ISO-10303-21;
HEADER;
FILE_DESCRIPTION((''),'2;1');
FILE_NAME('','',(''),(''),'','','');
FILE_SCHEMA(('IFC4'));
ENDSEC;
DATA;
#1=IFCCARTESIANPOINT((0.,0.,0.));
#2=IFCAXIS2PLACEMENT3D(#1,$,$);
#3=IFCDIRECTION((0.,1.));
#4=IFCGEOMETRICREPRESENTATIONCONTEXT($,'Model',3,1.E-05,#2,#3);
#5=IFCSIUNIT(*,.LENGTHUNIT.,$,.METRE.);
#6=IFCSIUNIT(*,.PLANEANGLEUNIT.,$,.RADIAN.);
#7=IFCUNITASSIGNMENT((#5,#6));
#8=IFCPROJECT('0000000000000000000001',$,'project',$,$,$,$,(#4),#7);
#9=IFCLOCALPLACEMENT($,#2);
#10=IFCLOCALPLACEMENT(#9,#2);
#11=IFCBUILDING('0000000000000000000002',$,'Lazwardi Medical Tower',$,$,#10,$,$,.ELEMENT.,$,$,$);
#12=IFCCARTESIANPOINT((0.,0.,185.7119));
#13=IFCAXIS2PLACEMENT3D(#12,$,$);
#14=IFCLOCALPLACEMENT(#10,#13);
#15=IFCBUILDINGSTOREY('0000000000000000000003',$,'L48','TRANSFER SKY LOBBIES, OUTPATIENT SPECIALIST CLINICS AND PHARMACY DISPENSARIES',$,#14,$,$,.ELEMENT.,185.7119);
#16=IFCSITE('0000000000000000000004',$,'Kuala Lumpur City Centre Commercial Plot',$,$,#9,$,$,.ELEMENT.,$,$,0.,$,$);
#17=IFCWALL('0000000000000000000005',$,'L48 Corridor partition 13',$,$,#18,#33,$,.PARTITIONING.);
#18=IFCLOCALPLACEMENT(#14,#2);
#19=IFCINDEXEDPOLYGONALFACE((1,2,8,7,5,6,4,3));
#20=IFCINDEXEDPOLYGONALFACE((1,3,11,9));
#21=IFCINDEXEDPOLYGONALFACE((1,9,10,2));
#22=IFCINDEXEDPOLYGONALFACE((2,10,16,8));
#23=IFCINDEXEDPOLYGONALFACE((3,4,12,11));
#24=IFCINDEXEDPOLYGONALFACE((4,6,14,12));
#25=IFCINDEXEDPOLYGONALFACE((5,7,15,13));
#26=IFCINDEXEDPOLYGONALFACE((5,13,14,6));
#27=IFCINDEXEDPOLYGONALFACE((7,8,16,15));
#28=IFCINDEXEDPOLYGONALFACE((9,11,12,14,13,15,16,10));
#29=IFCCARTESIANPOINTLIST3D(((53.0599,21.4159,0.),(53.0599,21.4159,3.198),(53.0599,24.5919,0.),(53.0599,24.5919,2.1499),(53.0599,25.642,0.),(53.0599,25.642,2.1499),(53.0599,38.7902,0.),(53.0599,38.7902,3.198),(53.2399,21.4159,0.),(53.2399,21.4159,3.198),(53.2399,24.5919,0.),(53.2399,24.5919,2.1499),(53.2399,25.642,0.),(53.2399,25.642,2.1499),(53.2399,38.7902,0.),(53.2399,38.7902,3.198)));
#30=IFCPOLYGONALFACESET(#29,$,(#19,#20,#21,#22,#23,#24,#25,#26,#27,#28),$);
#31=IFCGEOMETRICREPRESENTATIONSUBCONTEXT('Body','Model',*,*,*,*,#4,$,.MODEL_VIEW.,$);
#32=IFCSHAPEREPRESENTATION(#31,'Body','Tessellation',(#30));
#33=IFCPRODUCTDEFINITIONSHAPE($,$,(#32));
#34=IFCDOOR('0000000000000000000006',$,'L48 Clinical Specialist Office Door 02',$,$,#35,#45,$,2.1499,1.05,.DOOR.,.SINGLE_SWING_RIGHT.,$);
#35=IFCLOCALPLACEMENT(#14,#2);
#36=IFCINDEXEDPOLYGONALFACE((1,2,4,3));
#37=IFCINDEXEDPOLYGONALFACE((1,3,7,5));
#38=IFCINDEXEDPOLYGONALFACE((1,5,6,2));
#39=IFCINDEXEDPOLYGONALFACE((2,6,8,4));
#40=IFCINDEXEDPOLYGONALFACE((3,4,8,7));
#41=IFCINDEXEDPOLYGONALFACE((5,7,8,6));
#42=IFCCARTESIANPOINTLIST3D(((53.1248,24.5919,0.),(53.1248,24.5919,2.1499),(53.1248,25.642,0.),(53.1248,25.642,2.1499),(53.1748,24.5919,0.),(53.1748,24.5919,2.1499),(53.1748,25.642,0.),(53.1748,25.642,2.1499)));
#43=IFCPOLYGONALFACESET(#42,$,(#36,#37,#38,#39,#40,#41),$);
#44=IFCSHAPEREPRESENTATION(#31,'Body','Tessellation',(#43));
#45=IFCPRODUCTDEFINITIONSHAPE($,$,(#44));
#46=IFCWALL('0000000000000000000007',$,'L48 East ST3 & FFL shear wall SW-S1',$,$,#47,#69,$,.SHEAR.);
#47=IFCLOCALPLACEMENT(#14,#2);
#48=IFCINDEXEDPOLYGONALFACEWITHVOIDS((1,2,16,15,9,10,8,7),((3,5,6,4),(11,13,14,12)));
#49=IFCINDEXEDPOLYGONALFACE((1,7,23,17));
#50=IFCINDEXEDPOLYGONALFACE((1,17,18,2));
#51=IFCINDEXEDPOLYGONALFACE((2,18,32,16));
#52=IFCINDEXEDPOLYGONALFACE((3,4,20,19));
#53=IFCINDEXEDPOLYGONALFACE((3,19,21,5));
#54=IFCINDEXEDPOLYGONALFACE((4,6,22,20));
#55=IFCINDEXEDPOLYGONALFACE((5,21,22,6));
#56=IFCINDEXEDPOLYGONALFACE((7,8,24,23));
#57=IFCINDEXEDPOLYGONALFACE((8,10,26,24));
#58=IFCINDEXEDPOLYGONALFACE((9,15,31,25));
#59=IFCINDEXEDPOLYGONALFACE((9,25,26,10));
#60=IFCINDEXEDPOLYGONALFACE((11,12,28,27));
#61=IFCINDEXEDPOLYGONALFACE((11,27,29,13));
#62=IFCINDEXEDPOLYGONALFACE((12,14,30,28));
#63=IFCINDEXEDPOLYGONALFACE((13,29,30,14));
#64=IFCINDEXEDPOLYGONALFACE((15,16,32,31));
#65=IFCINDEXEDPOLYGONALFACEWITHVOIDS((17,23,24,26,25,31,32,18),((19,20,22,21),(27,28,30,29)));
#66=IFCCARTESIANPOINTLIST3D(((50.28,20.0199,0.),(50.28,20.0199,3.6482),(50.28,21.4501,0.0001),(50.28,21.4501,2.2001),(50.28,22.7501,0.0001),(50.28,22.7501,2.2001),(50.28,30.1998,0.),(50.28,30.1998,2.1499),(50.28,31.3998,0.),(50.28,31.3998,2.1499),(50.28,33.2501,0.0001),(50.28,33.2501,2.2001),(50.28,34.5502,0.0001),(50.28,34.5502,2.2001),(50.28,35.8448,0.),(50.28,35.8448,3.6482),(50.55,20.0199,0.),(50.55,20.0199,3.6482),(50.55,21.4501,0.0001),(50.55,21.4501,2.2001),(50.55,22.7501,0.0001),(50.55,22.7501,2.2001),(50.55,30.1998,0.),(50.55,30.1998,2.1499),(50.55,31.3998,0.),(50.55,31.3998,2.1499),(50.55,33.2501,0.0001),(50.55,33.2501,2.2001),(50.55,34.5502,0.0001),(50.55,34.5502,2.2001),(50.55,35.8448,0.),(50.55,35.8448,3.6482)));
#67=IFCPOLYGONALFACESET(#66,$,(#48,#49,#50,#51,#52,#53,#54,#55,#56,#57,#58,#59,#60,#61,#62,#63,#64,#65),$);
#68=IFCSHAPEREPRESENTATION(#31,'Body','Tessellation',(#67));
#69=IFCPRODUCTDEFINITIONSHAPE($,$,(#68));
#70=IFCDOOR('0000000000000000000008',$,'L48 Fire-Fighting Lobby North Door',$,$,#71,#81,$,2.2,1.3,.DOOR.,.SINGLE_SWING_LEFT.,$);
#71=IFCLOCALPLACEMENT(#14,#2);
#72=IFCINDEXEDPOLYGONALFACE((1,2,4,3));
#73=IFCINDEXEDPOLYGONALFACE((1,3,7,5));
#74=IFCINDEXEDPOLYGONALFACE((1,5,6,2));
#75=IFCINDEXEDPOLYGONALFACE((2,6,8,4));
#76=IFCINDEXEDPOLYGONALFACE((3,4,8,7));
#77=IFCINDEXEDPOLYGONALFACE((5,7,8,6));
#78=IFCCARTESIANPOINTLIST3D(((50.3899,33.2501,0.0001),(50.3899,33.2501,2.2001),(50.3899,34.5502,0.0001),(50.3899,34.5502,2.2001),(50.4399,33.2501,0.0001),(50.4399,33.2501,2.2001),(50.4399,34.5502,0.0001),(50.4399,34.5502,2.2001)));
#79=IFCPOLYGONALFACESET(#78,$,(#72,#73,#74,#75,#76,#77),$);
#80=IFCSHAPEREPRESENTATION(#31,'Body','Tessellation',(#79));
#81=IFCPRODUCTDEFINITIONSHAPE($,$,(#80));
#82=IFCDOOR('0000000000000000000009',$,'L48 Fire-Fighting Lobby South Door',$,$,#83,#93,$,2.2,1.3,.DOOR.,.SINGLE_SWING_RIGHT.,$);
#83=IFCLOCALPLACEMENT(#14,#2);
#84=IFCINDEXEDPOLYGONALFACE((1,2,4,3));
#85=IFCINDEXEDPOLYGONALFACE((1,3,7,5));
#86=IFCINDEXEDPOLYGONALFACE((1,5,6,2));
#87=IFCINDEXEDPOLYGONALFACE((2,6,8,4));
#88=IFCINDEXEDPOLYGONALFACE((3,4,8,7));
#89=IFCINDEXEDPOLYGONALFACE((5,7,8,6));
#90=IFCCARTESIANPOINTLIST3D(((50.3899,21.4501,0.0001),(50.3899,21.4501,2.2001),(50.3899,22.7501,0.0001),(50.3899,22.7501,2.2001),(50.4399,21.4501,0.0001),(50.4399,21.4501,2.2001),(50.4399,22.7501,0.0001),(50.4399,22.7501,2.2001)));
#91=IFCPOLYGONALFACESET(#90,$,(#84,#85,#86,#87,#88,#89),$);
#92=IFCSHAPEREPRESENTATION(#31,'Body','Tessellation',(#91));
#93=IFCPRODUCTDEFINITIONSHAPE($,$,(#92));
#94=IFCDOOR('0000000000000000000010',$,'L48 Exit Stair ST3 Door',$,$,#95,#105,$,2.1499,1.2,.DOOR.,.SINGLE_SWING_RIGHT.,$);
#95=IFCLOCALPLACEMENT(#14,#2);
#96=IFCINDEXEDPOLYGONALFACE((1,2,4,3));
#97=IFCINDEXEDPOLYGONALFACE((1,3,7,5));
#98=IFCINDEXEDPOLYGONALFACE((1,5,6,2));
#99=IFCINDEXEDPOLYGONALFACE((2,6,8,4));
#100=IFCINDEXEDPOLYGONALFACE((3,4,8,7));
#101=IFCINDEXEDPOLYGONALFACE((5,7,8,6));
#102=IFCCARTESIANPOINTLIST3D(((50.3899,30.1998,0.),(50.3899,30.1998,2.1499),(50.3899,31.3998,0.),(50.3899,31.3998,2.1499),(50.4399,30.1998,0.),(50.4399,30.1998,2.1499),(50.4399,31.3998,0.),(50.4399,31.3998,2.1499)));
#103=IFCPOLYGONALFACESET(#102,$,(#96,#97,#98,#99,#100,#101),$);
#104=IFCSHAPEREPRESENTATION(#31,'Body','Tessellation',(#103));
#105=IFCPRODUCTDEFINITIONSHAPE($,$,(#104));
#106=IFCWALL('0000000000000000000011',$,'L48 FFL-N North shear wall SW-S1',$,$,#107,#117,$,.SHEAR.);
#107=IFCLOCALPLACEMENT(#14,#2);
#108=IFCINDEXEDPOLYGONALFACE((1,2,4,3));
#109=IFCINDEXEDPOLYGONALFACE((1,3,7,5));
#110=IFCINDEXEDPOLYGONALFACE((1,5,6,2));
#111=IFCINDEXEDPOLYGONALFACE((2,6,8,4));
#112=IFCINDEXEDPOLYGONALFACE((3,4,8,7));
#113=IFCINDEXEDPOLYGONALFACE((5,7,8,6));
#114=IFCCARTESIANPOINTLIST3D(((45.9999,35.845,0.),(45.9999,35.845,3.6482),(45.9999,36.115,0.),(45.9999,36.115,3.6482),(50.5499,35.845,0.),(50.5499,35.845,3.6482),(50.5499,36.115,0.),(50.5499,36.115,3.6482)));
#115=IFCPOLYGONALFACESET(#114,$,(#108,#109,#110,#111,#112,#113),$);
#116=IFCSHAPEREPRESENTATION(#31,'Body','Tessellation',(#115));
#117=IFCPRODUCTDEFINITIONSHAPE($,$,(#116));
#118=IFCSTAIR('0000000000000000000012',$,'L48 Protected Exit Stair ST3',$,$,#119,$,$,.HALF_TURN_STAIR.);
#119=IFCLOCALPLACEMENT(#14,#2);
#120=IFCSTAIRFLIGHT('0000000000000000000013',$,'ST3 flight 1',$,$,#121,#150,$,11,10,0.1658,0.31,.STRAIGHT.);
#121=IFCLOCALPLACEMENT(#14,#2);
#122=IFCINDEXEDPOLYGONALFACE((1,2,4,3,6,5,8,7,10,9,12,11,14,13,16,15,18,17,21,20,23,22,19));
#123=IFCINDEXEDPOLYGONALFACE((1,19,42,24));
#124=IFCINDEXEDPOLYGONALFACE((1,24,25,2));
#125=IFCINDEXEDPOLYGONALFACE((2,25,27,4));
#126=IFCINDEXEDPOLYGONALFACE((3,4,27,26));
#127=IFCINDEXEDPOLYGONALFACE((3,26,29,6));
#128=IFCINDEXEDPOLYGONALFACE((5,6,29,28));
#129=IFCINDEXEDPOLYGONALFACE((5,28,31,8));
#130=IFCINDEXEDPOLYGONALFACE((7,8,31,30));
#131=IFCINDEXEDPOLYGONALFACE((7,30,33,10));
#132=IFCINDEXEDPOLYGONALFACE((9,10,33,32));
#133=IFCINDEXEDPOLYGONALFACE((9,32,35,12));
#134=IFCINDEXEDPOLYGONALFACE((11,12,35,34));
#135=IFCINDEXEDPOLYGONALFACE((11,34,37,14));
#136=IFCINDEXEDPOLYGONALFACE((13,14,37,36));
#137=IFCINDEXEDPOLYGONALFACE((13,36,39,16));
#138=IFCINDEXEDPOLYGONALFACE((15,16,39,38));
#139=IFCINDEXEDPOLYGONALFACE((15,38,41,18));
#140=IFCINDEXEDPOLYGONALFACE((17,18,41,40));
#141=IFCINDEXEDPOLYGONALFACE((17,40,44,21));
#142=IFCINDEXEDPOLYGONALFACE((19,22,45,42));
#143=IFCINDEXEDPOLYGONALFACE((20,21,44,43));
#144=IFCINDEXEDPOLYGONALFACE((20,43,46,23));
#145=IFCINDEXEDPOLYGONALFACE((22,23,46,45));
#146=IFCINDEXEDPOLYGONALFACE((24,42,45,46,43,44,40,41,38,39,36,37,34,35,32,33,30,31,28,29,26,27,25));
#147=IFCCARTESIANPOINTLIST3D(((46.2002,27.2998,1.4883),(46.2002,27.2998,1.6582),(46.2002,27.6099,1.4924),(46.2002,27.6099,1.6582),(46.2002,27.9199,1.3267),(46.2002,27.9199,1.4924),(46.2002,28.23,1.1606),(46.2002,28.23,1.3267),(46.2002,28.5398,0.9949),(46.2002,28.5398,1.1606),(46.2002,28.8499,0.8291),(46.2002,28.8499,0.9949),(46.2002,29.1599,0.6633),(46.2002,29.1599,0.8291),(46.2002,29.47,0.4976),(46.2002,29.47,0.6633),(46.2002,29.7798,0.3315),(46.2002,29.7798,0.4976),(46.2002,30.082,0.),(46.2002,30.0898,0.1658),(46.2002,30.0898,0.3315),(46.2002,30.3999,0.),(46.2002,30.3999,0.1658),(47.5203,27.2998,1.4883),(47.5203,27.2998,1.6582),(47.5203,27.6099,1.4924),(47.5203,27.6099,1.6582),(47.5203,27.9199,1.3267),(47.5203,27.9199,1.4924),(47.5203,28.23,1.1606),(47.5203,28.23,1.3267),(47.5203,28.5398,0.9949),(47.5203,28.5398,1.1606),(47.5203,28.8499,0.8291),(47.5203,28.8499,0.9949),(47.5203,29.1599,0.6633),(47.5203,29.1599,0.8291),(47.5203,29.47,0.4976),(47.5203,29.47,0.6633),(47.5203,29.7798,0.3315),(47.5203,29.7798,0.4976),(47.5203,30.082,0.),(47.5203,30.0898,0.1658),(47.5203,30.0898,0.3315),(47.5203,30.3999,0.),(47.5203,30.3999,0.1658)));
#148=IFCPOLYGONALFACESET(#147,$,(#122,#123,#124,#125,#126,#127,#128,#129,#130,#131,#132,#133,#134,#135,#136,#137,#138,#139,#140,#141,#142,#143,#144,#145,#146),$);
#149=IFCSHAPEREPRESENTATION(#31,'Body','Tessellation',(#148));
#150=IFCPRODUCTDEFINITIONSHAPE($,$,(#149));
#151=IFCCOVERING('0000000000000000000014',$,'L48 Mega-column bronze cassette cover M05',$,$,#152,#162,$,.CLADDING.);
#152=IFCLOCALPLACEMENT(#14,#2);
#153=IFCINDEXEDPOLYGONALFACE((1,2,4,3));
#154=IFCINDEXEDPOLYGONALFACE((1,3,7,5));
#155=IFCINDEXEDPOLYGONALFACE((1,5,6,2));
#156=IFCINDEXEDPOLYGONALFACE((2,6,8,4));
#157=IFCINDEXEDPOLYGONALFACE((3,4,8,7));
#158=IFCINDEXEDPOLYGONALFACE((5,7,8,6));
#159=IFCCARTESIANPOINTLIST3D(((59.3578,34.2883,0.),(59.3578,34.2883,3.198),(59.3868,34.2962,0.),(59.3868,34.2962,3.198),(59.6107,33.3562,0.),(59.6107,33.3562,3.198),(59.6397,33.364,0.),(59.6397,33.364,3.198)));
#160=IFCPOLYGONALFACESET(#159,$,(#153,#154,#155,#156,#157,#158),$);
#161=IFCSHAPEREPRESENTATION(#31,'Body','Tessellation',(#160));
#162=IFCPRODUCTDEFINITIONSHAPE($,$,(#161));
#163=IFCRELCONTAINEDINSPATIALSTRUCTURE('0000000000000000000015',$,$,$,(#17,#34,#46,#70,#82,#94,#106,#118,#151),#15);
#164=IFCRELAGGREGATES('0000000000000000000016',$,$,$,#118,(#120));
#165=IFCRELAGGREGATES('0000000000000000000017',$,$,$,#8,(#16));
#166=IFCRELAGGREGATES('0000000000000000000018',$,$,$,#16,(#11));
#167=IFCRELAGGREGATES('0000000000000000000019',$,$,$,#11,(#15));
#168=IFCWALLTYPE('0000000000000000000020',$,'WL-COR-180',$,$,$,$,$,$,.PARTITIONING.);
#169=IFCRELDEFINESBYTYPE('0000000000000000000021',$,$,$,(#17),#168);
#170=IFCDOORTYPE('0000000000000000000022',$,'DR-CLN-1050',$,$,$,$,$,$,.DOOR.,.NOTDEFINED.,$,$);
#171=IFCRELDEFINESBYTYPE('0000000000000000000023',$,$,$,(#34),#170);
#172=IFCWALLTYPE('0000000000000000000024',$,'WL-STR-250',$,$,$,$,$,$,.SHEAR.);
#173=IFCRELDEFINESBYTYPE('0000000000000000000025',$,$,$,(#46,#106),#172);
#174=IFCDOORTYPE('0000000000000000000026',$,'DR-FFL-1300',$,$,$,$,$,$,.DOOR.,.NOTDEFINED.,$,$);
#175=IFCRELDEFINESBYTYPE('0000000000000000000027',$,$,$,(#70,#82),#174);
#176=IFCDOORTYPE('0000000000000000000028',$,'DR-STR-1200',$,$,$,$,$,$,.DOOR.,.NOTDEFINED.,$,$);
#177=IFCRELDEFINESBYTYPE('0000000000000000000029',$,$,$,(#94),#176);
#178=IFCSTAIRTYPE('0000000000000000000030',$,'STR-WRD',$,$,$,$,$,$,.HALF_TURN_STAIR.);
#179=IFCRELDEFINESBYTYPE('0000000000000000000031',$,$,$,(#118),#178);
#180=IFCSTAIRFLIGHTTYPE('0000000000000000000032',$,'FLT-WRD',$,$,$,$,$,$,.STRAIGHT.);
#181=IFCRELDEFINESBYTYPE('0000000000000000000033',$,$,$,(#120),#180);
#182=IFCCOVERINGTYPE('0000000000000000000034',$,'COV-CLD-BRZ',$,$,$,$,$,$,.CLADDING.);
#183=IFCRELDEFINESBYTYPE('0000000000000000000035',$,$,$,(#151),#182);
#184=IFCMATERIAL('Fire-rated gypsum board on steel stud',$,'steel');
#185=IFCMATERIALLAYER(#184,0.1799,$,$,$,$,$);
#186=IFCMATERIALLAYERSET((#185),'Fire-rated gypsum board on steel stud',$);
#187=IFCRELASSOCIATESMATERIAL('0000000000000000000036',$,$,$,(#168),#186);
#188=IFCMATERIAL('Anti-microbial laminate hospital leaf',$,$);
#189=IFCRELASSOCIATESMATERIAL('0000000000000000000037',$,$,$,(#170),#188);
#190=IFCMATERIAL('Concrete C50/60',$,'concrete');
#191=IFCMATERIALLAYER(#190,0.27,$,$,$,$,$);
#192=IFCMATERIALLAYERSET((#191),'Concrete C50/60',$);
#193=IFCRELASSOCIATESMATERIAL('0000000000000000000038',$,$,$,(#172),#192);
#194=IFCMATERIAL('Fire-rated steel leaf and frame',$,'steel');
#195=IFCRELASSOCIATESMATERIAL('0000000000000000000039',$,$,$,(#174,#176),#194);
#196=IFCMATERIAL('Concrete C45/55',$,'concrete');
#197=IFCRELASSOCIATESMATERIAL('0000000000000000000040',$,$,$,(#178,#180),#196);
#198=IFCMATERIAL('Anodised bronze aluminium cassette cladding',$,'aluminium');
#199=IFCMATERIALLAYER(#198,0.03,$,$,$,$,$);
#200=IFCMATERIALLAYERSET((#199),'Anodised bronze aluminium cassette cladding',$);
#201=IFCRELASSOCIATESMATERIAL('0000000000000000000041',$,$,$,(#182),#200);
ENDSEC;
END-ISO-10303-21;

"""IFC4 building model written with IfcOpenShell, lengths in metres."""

from ifc_helpers import new_model, si_unit, direction, frame, frame_2d, origin, origin_2d, place, context, subcontext, project, spatial, polyline, rectangle, outline, extrude, material, layer, layer_set, type_object, element, fill, aggregate, save


model = new_model("IFC4")

# Units and contexts
model_context = context("Model", 3, precision=1e-05, world=origin(), true_north=direction((0.0, 1.0)))
body_context = subcontext(model_context, "Body", "Model", "MODEL_VIEW")
ifc_project = project(units=[si_unit("LENGTHUNIT", "METRE"), si_unit("PLANEANGLEUNIT", "RADIAN")], contexts=[model_context])

# Site, building, storey
site_placement = place(None, origin())
site = spatial("IfcSite", under=ifc_project, at=site_placement, Name="Kuala Lumpur City Centre Commercial Plot", CompositionType="ELEMENT", RefElevation=0.0)
building_placement = place(site_placement, origin())
building = spatial("IfcBuilding", under=site, at=building_placement, Name="Lazwardi Medical Tower", CompositionType="ELEMENT")
storey_placement = place(building_placement, frame((0.0, 0.0, 185.7119)))
storey = spatial("IfcBuildingStorey", under=building, at=storey_placement, Name="L48", Description="TRANSFER SKY LOBBIES, OUTPATIENT SPECIALIST CLINICS AND PHARMACY DISPENSARIES", CompositionType="ELEMENT", Elevation=185.7119)

# Wall, opening, door
ifc_material_1 = material(Name="Fire-rated gypsum board on steel stud", Category="steel")
ifc_layer_1 = layer(ifc_material_1, 0.1799)
ifc_layer_set_1 = layer_set([ifc_layer_1], Name="Fire-rated gypsum board on steel stud")
wall_type_1 = type_object("IfcWallType", Name="WL-COR-180", PredefinedType="PARTITIONING", material=ifc_layer_set_1)
wall_1_placement = place(storey_placement, frame((53.1499, 38.79, 0.0), z_axis=(0.0, 0.0, 1.0), x_axis=(0.0, -1.0, 0.0)))
wall_1 = element("IfcWall", 1, at=wall_1_placement, inside=storey, type_object=wall_type_1, Name="L48 Corridor partition 13", PredefinedType="PARTITIONING", context=body_context, shape_type="SweptSolid", body=[
    extrude(rectangle(XDim=17.3743, YDim=0.1799, at=frame_2d((8.687, 0.0))), origin(), (0.0, 0.0, 1.0), 3.198),
])
opening_1_placement = place(wall_1_placement, frame((13.1482, 0.0, 0.0)))
opening_1 = element("IfcOpeningElement", 2, at=opening_1_placement, cuts=wall_1, PredefinedType="OPENING", context=body_context, shape_type="SweptSolid", body=[
    extrude(rectangle(XDim=1.05, YDim=2.1499, at=frame_2d((0.5249, 1.075))), frame((0.0, 0.0999, 0.0), z_axis=(0.0, -1.0, 0.0), x_axis=(1.0, 0.0, 0.0)), (0.0, 0.0, 1.0), 0.2),
])
ifc_material_2 = material(Name="Anti-microbial laminate hospital leaf")
door_type_1 = type_object("IfcDoorType", Name="DR-CLN-1050", OperationType="NOTDEFINED", PredefinedType="DOOR", material=ifc_material_2)
door_1_placement = place(opening_1_placement, origin())
door_1 = element("IfcDoor", 3, at=door_1_placement, inside=storey, type_object=door_type_1, Name="L48 Clinical Specialist Office Door 02", OperationType="SINGLE_SWING_RIGHT", OverallHeight=2.1499, OverallWidth=1.05, PredefinedType="DOOR", context=body_context, shape_type="SweptSolid", body=[
    extrude(rectangle(XDim=1.05, YDim=2.1499, at=frame_2d((0.5249, 1.075))), frame((0.0, 0.0249, 0.0), z_axis=(0.0, -1.0, 0.0), x_axis=(1.0, 0.0, 0.0)), (0.0, 0.0, 1.0), 0.05),
])
fill(opening_1, door_1)

# Wall, openings, doors
ifc_material_3 = material(Name="Concrete C50/60", Category="concrete")
ifc_layer_2 = layer(ifc_material_3, 0.27)
ifc_layer_set_2 = layer_set([ifc_layer_2], Name="Concrete C50/60")
wall_type_2 = type_object("IfcWallType", Name="WL-STR-250", PredefinedType="SHEAR", material=ifc_layer_set_2)
wall_2_placement = place(storey_placement, frame((50.415, 35.845, 0.0), z_axis=(0.0, 0.0, 1.0), x_axis=(0.0, -1.0, 0.0)))
wall_2 = element("IfcWall", 4, at=wall_2_placement, inside=storey, type_object=wall_type_2, Name="L48 East ST3 & FFL shear wall SW-S1", PredefinedType="SHEAR", context=body_context, shape_type="SweptSolid", body=[
    extrude(rectangle(XDim=15.825, YDim=0.27, at=frame_2d((7.9126, 0.0))), origin(), (0.0, 0.0, 1.0), 3.6482),
])
opening_2_placement = place(wall_2_placement, frame((4.4451, 0.0, 0.0)))
opening_2 = element("IfcOpeningElement", 5, at=opening_2_placement, cuts=wall_2, PredefinedType="OPENING", context=body_context, shape_type="SweptSolid", body=[
    extrude(rectangle(XDim=1.2, YDim=2.1499, at=frame_2d((0.6001, 1.075))), frame((0.0, 0.145, 0.0), z_axis=(0.0, -1.0, 0.0), x_axis=(1.0, 0.0, 0.0)), (0.0, 0.0, 1.0), 0.29),
])
opening_3_placement = place(wall_2_placement, frame((1.2949, 0.0, 0.0)))
opening_3 = element("IfcOpeningElement", 6, at=opening_3_placement, cuts=wall_2, PredefinedType="OPENING", context=body_context, shape_type="SweptSolid", body=[
    extrude(rectangle(XDim=1.3, YDim=2.2, at=frame_2d((0.6499, 1.1001))), frame((0.0, 0.145, 0.0), z_axis=(0.0, -1.0, 0.0), x_axis=(1.0, 0.0, 0.0)), (0.0, 0.0, 1.0), 0.29),
])
opening_4_placement = place(wall_2_placement, frame((13.095, 0.0, 0.0)))
opening_4 = element("IfcOpeningElement", 7, at=opening_4_placement, cuts=wall_2, PredefinedType="OPENING", context=body_context, shape_type="SweptSolid", body=[
    extrude(rectangle(XDim=1.3, YDim=2.2, at=frame_2d((0.6499, 1.1001))), frame((0.0, 0.145, 0.0), z_axis=(0.0, -1.0, 0.0), x_axis=(1.0, 0.0, 0.0)), (0.0, 0.0, 1.0), 0.29),
])
ifc_material_4 = material(Name="Fire-rated steel leaf and frame", Category="steel")
door_type_2 = type_object("IfcDoorType", Name="DR-FFL-1300", OperationType="NOTDEFINED", PredefinedType="DOOR", material=ifc_material_4)
door_2_placement = place(opening_3_placement, origin())
door_2 = element("IfcDoor", 8, at=door_2_placement, inside=storey, type_object=door_type_2, Name="L48 Fire-Fighting Lobby North Door", OperationType="SINGLE_SWING_LEFT", OverallHeight=2.2, OverallWidth=1.3, PredefinedType="DOOR", context=body_context, shape_type="SweptSolid", body=[
    extrude(rectangle(XDim=1.3, YDim=2.2, at=frame_2d((0.6499, 1.1001))), frame((0.0, 0.0249, 0.0), z_axis=(0.0, -1.0, 0.0), x_axis=(1.0, 0.0, 0.0)), (0.0, 0.0, 1.0), 0.05),
])
fill(opening_3, door_2)
door_3_placement = place(opening_4_placement, origin())
door_3 = element("IfcDoor", 9, at=door_3_placement, inside=storey, type_object=door_type_2, Name="L48 Fire-Fighting Lobby South Door", OperationType="SINGLE_SWING_RIGHT", OverallHeight=2.2, OverallWidth=1.3, PredefinedType="DOOR", context=body_context, shape_type="SweptSolid", body=[
    extrude(rectangle(XDim=1.3, YDim=2.2, at=frame_2d((0.6499, 1.1001))), frame((0.0, 0.0249, 0.0), z_axis=(0.0, -1.0, 0.0), x_axis=(1.0, 0.0, 0.0)), (0.0, 0.0, 1.0), 0.05),
])
fill(opening_4, door_3)
door_type_3 = type_object("IfcDoorType", Name="DR-STR-1200", OperationType="NOTDEFINED", PredefinedType="DOOR", material=ifc_material_4)
door_4_placement = place(opening_2_placement, origin())
door_4 = element("IfcDoor", 10, at=door_4_placement, inside=storey, type_object=door_type_3, Name="L48 Exit Stair ST3 Door", OperationType="SINGLE_SWING_RIGHT", OverallHeight=2.1499, OverallWidth=1.2, PredefinedType="DOOR", context=body_context, shape_type="SweptSolid", body=[
    extrude(rectangle(XDim=1.2, YDim=2.1499, at=frame_2d((0.6001, 1.075))), frame((0.0, 0.0249, 0.0), z_axis=(0.0, -1.0, 0.0), x_axis=(1.0, 0.0, 0.0)), (0.0, 0.0, 1.0), 0.05),
])
fill(opening_2, door_4)

# Wall
wall_3_placement = place(storey_placement, frame((46.0, 35.98, 0.0), z_axis=(0.0, 0.0, 1.0), x_axis=(1.0, 0.0, 0.0)))
element("IfcWall", 11, at=wall_3_placement, inside=storey, type_object=wall_type_2, Name="L48 FFL-N North shear wall SW-S1", PredefinedType="SHEAR", context=body_context, shape_type="SweptSolid", body=[
    extrude(rectangle(XDim=4.55, YDim=0.27, at=frame_2d((2.2749, 0.0))), origin(), (0.0, 0.0, 1.0), 3.6482),
])

# Stair, stair flight
ifc_material_5 = material(Name="Concrete C45/55", Category="concrete")
stair_type = type_object("IfcStairType", Name="STR-WRD", PredefinedType="HALF_TURN_STAIR", material=ifc_material_5)
stair_placement = place(storey_placement, origin())
stair = element("IfcStair", 12, at=stair_placement, inside=storey, type_object=stair_type, Name="L48 Protected Exit Stair ST3", PredefinedType="HALF_TURN_STAIR")
stair_flight_type = type_object("IfcStairFlightType", Name="FLT-WRD", PredefinedType="STRAIGHT", material=ifc_material_5)
stair_flight_placement = place(storey_placement, frame((46.8601, 30.3999, 0.0), z_axis=(0.0, 0.0, 1.0), x_axis=(0.0, -1.0, 0.0)))
stair_flight = element("IfcStairFlight", 13, at=stair_flight_placement, type_object=stair_flight_type, Name="ST3 flight 1", NumberOfRisers=11, NumberOfTreads=10, PredefinedType="STRAIGHT", RiserHeight=0.1658, TreadLength=0.31, context=body_context, shape_type="SweptSolid", body=[
    extrude(outline(polyline([(0.0, 0.0), (0.0, 0.1658), (0.3101, 0.1658), (0.3101, 0.3315), (0.6201, 0.3315), (0.6201, 0.4976), (0.9299, 0.4976), (0.9299, 0.6633), (1.24, 0.6633), (1.24, 0.8291), (1.55, 0.8291), (1.55, 0.9949), (1.8601, 0.9949), (1.8601, 1.1606), (2.1699, 1.1606), (2.1699, 1.3267), (2.48, 1.3267), (2.48, 1.4924), (2.79, 1.4924), (2.79, 1.6582), (3.1001, 1.6582), (3.1001, 1.824), (3.1001, 1.4883), (0.3179, 0.0), (0.0, 0.0)])), frame((0.0, 0.6602, 0.0), z_axis=(0.0, -1.0, 0.0), x_axis=(1.0, 0.0, 0.0)), (0.0, 0.0, 1.0), 1.3201),
])
aggregate(stair, [stair_flight])

# Covering
ifc_material_6 = material(Name="Anodised bronze aluminium cassette cladding", Category="aluminium")
ifc_layer_3 = layer(ifc_material_6, 0.03)
ifc_layer_set_3 = layer_set([ifc_layer_3], Name="Anodised bronze aluminium cassette cladding")
covering_type = type_object("IfcCoveringType", Name="COV-CLD-BRZ", PredefinedType="CLADDING", material=ifc_layer_set_3)
covering_placement = place(storey_placement, frame((59.4988, 33.8262, 0.0), z_axis=(0.0, 0.0, 1.0), x_axis=(-0.261829, 0.965114, 0.0)))
element("IfcCovering", 14, at=covering_placement, inside=storey, type_object=covering_type, Name="L48 Mega-column bronze cassette cover M05", PredefinedType="CLADDING", context=body_context, shape_type="SweptSolid", body=[
    extrude(rectangle(XDim=0.9658, YDim=0.03, at=origin_2d()), origin(), (0.0, 0.0, 1.0), 3.198),
])

save(model, "model.ifc")
